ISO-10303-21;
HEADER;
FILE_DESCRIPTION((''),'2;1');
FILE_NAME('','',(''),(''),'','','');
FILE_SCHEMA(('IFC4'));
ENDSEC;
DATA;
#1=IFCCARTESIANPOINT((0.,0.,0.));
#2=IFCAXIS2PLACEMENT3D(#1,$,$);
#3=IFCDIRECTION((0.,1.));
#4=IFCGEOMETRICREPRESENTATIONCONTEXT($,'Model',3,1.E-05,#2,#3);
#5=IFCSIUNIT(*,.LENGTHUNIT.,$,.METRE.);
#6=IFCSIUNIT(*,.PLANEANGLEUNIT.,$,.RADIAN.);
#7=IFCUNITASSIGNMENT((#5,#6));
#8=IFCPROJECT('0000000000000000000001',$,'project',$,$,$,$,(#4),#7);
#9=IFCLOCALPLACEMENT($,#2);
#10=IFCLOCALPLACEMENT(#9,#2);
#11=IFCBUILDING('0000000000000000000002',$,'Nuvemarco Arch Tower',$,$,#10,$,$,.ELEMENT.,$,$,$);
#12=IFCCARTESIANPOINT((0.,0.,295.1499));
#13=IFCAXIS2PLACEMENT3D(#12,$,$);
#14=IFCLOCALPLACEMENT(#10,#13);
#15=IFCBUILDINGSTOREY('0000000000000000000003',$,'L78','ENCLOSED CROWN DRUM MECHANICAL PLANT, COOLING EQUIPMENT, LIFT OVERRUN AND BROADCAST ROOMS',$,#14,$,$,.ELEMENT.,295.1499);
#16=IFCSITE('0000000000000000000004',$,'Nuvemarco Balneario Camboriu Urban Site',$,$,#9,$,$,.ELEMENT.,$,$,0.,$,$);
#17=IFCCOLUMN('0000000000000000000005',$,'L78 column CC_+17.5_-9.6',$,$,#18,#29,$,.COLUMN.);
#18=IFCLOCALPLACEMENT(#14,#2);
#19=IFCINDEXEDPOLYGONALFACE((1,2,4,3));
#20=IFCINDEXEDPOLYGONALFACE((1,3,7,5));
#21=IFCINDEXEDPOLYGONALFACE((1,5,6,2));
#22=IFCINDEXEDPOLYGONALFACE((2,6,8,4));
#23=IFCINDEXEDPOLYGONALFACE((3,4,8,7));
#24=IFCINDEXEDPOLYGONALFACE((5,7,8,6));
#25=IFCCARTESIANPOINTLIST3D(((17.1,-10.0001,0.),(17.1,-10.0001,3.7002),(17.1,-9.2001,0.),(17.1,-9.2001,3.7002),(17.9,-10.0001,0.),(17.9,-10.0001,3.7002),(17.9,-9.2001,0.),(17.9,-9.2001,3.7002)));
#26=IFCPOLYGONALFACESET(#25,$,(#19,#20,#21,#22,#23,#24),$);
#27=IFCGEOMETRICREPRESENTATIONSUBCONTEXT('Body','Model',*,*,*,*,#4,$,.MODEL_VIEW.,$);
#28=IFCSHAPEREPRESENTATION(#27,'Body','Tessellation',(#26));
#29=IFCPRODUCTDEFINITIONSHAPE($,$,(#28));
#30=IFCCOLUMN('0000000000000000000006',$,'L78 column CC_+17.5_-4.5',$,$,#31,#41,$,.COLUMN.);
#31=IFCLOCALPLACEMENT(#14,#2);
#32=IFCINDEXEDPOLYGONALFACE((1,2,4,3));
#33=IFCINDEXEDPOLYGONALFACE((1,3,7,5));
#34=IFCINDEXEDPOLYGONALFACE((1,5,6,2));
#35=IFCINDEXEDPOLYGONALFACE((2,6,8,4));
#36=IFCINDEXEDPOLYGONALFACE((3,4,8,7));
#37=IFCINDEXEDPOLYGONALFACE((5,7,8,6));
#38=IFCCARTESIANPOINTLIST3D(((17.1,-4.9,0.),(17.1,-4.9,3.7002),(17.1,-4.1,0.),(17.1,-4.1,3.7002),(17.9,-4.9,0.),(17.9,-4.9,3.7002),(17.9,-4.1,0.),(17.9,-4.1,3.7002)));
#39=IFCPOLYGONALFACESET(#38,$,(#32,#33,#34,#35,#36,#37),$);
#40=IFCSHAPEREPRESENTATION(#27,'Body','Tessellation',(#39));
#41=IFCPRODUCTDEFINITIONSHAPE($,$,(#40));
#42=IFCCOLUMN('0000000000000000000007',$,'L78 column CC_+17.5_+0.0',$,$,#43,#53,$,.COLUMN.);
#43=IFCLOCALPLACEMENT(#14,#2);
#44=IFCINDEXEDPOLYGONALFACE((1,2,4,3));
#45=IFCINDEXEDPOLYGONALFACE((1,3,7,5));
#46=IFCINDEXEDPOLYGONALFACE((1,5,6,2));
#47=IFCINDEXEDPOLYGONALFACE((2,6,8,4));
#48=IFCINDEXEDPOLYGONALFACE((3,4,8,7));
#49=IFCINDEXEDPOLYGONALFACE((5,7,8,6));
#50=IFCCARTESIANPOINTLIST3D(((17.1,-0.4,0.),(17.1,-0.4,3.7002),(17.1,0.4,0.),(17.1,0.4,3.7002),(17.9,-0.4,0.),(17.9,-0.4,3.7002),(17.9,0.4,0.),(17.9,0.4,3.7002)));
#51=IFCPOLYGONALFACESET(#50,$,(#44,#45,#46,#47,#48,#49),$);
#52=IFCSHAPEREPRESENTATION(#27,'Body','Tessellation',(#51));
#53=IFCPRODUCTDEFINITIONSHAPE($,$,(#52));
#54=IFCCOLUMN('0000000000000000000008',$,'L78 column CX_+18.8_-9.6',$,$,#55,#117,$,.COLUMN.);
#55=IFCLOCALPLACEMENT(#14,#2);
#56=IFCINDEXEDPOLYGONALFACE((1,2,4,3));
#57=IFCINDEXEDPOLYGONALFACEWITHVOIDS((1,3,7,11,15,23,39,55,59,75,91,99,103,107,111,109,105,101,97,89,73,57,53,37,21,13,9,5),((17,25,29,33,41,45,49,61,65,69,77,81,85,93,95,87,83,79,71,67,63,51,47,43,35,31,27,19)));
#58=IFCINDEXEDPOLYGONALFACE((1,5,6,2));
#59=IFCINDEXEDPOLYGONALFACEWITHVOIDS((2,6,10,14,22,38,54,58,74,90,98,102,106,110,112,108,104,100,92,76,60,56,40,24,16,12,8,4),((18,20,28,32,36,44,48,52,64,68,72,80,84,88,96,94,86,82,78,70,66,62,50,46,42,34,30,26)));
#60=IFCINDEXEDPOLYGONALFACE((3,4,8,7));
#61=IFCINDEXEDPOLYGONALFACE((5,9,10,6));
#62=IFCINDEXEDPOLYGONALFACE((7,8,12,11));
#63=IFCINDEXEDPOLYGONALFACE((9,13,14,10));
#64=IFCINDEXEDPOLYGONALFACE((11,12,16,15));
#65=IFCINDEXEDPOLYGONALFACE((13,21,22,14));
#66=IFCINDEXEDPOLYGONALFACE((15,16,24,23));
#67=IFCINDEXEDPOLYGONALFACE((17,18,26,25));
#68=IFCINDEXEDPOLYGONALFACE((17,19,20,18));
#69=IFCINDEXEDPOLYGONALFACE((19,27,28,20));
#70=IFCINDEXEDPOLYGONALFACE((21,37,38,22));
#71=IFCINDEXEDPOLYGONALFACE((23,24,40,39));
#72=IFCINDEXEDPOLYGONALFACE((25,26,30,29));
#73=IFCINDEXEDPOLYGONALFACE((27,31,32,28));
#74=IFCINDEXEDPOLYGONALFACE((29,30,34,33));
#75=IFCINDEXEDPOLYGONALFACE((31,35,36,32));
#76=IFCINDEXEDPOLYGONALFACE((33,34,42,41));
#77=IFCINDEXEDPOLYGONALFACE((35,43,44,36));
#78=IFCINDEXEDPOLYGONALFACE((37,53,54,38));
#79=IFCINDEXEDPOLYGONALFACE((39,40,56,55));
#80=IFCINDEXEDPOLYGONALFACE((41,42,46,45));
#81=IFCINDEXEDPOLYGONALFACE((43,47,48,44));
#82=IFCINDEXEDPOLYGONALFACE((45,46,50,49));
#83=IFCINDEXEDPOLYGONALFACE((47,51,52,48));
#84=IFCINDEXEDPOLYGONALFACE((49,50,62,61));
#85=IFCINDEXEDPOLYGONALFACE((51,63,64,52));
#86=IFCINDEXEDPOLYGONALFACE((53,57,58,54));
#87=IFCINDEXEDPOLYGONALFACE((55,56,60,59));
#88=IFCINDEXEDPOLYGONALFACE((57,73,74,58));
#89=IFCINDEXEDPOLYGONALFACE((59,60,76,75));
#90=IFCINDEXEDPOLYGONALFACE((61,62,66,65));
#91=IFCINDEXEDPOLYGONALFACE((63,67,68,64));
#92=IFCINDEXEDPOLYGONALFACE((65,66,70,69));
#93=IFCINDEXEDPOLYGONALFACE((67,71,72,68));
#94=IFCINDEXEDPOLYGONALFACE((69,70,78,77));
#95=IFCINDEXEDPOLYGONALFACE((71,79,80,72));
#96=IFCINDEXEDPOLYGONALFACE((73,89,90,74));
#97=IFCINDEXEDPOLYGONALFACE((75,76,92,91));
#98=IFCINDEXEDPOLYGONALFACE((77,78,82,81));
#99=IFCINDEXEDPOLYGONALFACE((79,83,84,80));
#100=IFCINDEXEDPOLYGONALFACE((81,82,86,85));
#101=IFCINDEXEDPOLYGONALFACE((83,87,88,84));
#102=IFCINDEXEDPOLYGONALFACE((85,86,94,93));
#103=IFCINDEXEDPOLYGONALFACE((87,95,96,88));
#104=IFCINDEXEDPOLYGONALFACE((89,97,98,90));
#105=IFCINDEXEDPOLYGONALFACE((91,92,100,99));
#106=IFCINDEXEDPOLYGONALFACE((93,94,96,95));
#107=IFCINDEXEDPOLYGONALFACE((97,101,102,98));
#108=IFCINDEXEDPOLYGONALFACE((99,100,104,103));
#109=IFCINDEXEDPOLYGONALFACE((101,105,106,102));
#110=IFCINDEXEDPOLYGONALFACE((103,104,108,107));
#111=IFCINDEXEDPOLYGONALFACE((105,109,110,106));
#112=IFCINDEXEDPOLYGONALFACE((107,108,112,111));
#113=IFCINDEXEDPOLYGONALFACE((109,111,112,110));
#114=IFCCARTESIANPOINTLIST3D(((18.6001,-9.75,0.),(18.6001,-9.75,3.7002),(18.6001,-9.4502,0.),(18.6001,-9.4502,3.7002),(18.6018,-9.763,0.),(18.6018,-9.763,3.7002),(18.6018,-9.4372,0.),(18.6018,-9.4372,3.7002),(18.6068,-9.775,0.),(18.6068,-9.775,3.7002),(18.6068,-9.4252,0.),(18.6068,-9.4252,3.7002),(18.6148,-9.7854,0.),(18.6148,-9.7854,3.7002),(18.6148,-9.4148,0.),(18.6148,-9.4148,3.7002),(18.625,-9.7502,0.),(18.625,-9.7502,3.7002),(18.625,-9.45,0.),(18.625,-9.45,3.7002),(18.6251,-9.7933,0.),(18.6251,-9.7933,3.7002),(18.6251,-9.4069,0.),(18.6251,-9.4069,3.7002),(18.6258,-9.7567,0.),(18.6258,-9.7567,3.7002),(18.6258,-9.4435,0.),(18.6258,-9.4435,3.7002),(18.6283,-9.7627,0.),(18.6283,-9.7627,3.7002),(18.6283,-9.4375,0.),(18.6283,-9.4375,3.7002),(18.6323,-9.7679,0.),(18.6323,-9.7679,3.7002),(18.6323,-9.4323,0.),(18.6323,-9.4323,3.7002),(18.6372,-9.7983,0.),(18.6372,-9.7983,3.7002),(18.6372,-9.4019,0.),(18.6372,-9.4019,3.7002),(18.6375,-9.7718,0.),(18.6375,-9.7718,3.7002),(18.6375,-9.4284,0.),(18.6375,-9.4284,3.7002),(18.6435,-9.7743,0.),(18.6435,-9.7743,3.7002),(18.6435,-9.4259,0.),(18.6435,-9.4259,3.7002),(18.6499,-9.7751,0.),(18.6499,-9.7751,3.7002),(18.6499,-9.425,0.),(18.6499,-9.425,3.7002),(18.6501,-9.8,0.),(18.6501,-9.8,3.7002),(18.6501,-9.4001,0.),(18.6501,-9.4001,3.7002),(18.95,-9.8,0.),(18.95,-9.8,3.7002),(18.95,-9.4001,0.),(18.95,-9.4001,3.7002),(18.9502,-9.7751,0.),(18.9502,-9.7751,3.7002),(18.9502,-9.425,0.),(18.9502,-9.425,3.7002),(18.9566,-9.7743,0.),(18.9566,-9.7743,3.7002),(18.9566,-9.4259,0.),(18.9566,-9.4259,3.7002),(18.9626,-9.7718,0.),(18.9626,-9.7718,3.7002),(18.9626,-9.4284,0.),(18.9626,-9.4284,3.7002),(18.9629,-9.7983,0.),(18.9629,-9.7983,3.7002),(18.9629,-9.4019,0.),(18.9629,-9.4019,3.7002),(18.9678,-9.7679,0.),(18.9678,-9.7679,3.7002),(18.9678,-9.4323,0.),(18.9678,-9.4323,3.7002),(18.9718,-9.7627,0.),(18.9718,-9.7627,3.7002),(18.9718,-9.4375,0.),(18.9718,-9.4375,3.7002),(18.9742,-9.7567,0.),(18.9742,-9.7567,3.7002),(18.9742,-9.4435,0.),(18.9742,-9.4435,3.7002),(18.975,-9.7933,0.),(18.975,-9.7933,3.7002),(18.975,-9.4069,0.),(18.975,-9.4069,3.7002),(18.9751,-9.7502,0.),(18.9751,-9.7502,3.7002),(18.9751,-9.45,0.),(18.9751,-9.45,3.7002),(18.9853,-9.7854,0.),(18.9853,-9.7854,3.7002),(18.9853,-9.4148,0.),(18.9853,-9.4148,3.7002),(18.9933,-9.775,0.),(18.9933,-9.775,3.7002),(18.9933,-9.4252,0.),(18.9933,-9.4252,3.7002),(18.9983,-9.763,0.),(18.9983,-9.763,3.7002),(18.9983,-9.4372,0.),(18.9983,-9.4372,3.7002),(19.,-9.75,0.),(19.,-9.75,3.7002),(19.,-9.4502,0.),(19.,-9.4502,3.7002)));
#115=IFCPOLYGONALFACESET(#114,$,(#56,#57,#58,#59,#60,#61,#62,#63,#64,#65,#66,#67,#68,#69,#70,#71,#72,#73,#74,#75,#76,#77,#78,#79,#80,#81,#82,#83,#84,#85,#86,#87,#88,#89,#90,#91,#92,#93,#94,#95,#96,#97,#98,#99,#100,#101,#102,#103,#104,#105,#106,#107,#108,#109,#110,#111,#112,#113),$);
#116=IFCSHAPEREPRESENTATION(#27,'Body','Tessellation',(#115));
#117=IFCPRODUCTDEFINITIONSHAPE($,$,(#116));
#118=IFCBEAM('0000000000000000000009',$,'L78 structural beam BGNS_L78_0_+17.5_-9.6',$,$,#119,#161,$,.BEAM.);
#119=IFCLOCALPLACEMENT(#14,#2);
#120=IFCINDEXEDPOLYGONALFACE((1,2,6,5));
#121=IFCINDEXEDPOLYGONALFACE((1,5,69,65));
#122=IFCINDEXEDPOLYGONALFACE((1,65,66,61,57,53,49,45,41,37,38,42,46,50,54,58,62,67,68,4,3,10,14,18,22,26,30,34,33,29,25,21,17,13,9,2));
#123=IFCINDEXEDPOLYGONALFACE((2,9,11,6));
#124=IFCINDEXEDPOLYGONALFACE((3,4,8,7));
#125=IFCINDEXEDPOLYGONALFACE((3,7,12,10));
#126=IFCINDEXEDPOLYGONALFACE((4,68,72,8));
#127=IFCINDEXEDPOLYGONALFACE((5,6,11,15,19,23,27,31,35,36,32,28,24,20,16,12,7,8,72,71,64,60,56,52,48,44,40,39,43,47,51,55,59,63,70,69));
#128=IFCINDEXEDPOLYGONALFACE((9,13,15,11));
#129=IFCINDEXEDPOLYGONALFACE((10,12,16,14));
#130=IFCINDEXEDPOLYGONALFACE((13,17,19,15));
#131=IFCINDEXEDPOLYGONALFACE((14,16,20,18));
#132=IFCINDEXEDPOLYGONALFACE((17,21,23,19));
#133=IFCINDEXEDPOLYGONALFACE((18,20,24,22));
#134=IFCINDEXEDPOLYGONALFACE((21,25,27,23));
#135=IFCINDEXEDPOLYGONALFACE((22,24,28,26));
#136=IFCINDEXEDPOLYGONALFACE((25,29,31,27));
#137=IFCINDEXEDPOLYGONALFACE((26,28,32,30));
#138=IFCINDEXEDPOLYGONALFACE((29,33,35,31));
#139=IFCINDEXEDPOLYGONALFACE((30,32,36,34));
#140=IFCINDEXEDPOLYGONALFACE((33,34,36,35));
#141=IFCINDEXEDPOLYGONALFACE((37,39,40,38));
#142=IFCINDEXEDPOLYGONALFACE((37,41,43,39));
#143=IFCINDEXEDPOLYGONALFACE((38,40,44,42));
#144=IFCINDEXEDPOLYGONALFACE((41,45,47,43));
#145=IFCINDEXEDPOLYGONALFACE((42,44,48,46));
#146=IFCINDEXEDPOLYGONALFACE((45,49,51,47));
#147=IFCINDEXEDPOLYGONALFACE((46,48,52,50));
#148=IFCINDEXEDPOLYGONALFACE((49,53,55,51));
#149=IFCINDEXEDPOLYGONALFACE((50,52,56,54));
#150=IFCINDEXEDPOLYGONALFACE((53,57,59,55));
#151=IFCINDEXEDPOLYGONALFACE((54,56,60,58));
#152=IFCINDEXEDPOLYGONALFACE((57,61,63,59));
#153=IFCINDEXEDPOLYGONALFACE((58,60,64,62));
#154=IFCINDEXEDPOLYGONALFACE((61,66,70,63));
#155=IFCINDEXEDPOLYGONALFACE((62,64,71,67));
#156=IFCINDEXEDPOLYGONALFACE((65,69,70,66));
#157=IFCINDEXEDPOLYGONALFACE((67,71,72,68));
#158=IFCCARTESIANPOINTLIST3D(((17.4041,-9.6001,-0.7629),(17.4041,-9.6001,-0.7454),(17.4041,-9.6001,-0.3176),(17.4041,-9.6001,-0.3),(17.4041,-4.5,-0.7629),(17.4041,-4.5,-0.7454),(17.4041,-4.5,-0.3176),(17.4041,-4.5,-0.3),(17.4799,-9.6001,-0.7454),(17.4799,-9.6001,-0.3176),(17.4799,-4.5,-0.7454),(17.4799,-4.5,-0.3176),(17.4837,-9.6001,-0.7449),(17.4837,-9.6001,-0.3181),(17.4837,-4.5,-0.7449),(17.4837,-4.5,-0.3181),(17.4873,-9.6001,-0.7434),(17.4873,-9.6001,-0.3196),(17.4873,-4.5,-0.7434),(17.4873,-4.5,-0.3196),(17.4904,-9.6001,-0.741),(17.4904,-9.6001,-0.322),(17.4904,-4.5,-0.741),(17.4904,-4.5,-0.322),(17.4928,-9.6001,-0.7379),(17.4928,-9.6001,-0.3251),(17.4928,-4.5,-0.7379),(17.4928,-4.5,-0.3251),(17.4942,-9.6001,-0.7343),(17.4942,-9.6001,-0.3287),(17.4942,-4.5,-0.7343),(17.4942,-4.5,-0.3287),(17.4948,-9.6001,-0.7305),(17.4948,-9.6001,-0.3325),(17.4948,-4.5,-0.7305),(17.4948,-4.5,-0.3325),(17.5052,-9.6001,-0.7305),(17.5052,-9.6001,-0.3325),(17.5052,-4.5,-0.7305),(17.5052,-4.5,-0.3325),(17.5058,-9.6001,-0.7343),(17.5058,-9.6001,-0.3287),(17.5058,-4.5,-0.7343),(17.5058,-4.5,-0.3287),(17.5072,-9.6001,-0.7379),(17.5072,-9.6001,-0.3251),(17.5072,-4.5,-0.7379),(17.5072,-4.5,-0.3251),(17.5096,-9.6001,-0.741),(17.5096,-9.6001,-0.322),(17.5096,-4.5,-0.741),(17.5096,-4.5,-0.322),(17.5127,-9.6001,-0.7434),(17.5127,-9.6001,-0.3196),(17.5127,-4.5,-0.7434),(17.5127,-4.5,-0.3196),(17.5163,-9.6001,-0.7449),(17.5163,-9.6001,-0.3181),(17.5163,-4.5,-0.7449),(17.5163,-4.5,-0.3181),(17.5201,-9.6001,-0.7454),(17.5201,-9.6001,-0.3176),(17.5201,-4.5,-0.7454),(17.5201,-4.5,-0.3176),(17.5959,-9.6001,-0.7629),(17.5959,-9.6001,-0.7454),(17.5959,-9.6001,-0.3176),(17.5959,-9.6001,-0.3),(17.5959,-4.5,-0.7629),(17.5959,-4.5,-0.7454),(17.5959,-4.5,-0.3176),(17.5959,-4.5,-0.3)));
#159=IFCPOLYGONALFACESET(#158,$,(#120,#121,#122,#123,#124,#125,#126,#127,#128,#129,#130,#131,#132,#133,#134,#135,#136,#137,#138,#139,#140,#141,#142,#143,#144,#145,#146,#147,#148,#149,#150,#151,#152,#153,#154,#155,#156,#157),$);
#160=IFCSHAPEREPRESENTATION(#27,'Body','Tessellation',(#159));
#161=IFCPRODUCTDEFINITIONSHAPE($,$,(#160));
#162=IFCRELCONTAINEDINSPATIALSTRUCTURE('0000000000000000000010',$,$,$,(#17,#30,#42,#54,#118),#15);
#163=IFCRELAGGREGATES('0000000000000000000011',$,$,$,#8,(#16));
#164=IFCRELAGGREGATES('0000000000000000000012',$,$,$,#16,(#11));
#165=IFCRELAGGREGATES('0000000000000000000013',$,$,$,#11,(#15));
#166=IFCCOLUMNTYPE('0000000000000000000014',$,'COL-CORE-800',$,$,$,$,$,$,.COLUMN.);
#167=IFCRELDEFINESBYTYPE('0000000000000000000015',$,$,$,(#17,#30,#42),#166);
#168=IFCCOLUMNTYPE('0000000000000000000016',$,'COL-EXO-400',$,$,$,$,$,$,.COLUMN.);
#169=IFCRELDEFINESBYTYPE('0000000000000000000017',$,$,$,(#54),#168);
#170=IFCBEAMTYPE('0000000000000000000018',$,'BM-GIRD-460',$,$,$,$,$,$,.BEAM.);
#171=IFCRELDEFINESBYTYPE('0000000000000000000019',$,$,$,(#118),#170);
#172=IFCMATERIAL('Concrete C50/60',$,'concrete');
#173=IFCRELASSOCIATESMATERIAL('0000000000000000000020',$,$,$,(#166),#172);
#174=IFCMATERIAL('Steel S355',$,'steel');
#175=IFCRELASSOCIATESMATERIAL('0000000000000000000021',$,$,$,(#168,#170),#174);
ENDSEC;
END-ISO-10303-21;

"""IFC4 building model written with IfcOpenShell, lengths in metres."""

from ifc_helpers import new_model, si_unit, direction, frame, origin, origin_2d, place, context, subcontext, project, spatial, rectangle, hollow_rectangle, i_section, extrude, material, material_profile, profile_set, type_object, element, save


model = new_model("IFC4")

# Units and contexts
model_context = context("Model", 3, precision=1e-05, world=origin(), true_north=direction((0.0, 1.0)))
body_context = subcontext(model_context, "Body", "Model", "MODEL_VIEW")
ifc_project = project(units=[si_unit("LENGTHUNIT", "METRE"), si_unit("PLANEANGLEUNIT", "RADIAN")], contexts=[model_context])

# Site, building, storey
site_placement = place(None, origin())
site = spatial("IfcSite", under=ifc_project, at=site_placement, Name="Nuvemarco Balneario Camboriu Urban Site", CompositionType="ELEMENT", RefElevation=0.0)
building_placement = place(site_placement, origin())
building = spatial("IfcBuilding", under=site, at=building_placement, Name="Nuvemarco Arch Tower", CompositionType="ELEMENT")
storey_placement = place(building_placement, frame((0.0, 0.0, 295.1499)))
storey = spatial("IfcBuildingStorey", under=building, at=storey_placement, Name="L78", Description="ENCLOSED CROWN DRUM MECHANICAL PLANT, COOLING EQUIPMENT, LIFT OVERRUN AND BROADCAST ROOMS", CompositionType="ELEMENT", Elevation=295.1499)

# Columns
ifc_material_1 = material(Name="Concrete C50/60", Category="concrete")
ifc_material_profile_1 = material_profile(ifc_material_1, rectangle(XDim=0.8, YDim=0.8, at=origin_2d()), Name="RC-COL-800x800")
ifc_profile_set_1 = profile_set([ifc_material_profile_1], Name="Concrete C50/60")
column_type_1 = type_object("IfcColumnType", Name="COL-CORE-800", PredefinedType="COLUMN", material=ifc_profile_set_1)
for number, where, z_axis, x_axis, name in (
    (1, (17.5, -9.6001, 0.0), (0.0, 0.0, 1.0), (1.0, 0.0, 0.0), "L78 column CC_+17.5_-9.6"),
    (2, (17.5, -4.5, 0.0), (0.0, 0.0, 1.0), (1.0, 0.0, 0.0), "L78 column CC_+17.5_-4.5"),
    (3, (17.5, 0.0, 0.0), (0.0, 0.0, 1.0), (1.0, 0.0, 0.0), "L78 column CC_+17.5_+0.0"),
):
    element("IfcColumn", number, at=place(storey_placement, frame(where, z_axis=z_axis, x_axis=x_axis)), inside=storey, type_object=column_type_1, Name=name, PredefinedType="COLUMN", context=body_context, shape_type="SweptSolid", body=[
        extrude(rectangle(XDim=0.8, YDim=0.8, at=origin_2d()), origin(), (0.0, 0.0, 1.0), 3.7002),
    ])
ifc_material_2 = material(Name="Steel S355", Category="steel")
ifc_material_profile_2 = material_profile(ifc_material_2, hollow_rectangle(XDim=0.3999, YDim=0.3999, WallThickness=0.0249, InnerFilletRadius=0.0249, OuterFilletRadius=0.05, at=origin_2d()), Name="SHS400x400x25")
ifc_profile_set_2 = profile_set([ifc_material_profile_2], Name="Steel S355")
column_type_2 = type_object("IfcColumnType", Name="COL-EXO-400", PredefinedType="COLUMN", material=ifc_profile_set_2)
column_placement = place(storey_placement, frame((18.8, -9.6001, 0.0), z_axis=(0.0, 0.0, 1.0), x_axis=(1.0, 0.0, 0.0)))
element("IfcColumn", 4, at=column_placement, inside=storey, type_object=column_type_2, Name="L78 column CX_+18.8_-9.6", PredefinedType="COLUMN", context=body_context, shape_type="SweptSolid", body=[
    extrude(hollow_rectangle(XDim=0.3999, YDim=0.3999, WallThickness=0.0249, InnerFilletRadius=0.0249, OuterFilletRadius=0.05, at=origin_2d()), origin(), (0.0, 0.0, 1.0), 3.7002),
])

# Beam
ifc_material_profile_3 = material_profile(ifc_material_2, i_section(OverallWidth=0.1919, OverallDepth=0.4629, WebThickness=0.0105, FlangeThickness=0.0176, FilletRadius=0.0149, at=origin_2d()), Name="W460x89")
ifc_profile_set_3 = profile_set([ifc_material_profile_3], Name="Steel S355")
beam_type_1 = type_object("IfcBeamType", Name="BM-GIRD-460", PredefinedType="BEAM", material=ifc_profile_set_3)
beam_1_placement = place(storey_placement, frame((17.5, -9.6001, -0.5315), z_axis=(0.0, 1.0, 0.0), x_axis=(-1.0, 0.0, 0.0)))
element("IfcBeam", 5, at=beam_1_placement, inside=storey, type_object=beam_type_1, Name="L78 structural beam BGNS_L78_0_+17.5_-9.6", PredefinedType="BEAM", context=body_context, shape_type="SweptSolid", body=[
    extrude(i_section(OverallWidth=0.1919, OverallDepth=0.4629, WebThickness=0.0105, FlangeThickness=0.0176, FilletRadius=0.0149, at=origin_2d()), origin(), (0.0, 0.0, 1.0), 5.1001),
])

save(model, "model.ifc")
